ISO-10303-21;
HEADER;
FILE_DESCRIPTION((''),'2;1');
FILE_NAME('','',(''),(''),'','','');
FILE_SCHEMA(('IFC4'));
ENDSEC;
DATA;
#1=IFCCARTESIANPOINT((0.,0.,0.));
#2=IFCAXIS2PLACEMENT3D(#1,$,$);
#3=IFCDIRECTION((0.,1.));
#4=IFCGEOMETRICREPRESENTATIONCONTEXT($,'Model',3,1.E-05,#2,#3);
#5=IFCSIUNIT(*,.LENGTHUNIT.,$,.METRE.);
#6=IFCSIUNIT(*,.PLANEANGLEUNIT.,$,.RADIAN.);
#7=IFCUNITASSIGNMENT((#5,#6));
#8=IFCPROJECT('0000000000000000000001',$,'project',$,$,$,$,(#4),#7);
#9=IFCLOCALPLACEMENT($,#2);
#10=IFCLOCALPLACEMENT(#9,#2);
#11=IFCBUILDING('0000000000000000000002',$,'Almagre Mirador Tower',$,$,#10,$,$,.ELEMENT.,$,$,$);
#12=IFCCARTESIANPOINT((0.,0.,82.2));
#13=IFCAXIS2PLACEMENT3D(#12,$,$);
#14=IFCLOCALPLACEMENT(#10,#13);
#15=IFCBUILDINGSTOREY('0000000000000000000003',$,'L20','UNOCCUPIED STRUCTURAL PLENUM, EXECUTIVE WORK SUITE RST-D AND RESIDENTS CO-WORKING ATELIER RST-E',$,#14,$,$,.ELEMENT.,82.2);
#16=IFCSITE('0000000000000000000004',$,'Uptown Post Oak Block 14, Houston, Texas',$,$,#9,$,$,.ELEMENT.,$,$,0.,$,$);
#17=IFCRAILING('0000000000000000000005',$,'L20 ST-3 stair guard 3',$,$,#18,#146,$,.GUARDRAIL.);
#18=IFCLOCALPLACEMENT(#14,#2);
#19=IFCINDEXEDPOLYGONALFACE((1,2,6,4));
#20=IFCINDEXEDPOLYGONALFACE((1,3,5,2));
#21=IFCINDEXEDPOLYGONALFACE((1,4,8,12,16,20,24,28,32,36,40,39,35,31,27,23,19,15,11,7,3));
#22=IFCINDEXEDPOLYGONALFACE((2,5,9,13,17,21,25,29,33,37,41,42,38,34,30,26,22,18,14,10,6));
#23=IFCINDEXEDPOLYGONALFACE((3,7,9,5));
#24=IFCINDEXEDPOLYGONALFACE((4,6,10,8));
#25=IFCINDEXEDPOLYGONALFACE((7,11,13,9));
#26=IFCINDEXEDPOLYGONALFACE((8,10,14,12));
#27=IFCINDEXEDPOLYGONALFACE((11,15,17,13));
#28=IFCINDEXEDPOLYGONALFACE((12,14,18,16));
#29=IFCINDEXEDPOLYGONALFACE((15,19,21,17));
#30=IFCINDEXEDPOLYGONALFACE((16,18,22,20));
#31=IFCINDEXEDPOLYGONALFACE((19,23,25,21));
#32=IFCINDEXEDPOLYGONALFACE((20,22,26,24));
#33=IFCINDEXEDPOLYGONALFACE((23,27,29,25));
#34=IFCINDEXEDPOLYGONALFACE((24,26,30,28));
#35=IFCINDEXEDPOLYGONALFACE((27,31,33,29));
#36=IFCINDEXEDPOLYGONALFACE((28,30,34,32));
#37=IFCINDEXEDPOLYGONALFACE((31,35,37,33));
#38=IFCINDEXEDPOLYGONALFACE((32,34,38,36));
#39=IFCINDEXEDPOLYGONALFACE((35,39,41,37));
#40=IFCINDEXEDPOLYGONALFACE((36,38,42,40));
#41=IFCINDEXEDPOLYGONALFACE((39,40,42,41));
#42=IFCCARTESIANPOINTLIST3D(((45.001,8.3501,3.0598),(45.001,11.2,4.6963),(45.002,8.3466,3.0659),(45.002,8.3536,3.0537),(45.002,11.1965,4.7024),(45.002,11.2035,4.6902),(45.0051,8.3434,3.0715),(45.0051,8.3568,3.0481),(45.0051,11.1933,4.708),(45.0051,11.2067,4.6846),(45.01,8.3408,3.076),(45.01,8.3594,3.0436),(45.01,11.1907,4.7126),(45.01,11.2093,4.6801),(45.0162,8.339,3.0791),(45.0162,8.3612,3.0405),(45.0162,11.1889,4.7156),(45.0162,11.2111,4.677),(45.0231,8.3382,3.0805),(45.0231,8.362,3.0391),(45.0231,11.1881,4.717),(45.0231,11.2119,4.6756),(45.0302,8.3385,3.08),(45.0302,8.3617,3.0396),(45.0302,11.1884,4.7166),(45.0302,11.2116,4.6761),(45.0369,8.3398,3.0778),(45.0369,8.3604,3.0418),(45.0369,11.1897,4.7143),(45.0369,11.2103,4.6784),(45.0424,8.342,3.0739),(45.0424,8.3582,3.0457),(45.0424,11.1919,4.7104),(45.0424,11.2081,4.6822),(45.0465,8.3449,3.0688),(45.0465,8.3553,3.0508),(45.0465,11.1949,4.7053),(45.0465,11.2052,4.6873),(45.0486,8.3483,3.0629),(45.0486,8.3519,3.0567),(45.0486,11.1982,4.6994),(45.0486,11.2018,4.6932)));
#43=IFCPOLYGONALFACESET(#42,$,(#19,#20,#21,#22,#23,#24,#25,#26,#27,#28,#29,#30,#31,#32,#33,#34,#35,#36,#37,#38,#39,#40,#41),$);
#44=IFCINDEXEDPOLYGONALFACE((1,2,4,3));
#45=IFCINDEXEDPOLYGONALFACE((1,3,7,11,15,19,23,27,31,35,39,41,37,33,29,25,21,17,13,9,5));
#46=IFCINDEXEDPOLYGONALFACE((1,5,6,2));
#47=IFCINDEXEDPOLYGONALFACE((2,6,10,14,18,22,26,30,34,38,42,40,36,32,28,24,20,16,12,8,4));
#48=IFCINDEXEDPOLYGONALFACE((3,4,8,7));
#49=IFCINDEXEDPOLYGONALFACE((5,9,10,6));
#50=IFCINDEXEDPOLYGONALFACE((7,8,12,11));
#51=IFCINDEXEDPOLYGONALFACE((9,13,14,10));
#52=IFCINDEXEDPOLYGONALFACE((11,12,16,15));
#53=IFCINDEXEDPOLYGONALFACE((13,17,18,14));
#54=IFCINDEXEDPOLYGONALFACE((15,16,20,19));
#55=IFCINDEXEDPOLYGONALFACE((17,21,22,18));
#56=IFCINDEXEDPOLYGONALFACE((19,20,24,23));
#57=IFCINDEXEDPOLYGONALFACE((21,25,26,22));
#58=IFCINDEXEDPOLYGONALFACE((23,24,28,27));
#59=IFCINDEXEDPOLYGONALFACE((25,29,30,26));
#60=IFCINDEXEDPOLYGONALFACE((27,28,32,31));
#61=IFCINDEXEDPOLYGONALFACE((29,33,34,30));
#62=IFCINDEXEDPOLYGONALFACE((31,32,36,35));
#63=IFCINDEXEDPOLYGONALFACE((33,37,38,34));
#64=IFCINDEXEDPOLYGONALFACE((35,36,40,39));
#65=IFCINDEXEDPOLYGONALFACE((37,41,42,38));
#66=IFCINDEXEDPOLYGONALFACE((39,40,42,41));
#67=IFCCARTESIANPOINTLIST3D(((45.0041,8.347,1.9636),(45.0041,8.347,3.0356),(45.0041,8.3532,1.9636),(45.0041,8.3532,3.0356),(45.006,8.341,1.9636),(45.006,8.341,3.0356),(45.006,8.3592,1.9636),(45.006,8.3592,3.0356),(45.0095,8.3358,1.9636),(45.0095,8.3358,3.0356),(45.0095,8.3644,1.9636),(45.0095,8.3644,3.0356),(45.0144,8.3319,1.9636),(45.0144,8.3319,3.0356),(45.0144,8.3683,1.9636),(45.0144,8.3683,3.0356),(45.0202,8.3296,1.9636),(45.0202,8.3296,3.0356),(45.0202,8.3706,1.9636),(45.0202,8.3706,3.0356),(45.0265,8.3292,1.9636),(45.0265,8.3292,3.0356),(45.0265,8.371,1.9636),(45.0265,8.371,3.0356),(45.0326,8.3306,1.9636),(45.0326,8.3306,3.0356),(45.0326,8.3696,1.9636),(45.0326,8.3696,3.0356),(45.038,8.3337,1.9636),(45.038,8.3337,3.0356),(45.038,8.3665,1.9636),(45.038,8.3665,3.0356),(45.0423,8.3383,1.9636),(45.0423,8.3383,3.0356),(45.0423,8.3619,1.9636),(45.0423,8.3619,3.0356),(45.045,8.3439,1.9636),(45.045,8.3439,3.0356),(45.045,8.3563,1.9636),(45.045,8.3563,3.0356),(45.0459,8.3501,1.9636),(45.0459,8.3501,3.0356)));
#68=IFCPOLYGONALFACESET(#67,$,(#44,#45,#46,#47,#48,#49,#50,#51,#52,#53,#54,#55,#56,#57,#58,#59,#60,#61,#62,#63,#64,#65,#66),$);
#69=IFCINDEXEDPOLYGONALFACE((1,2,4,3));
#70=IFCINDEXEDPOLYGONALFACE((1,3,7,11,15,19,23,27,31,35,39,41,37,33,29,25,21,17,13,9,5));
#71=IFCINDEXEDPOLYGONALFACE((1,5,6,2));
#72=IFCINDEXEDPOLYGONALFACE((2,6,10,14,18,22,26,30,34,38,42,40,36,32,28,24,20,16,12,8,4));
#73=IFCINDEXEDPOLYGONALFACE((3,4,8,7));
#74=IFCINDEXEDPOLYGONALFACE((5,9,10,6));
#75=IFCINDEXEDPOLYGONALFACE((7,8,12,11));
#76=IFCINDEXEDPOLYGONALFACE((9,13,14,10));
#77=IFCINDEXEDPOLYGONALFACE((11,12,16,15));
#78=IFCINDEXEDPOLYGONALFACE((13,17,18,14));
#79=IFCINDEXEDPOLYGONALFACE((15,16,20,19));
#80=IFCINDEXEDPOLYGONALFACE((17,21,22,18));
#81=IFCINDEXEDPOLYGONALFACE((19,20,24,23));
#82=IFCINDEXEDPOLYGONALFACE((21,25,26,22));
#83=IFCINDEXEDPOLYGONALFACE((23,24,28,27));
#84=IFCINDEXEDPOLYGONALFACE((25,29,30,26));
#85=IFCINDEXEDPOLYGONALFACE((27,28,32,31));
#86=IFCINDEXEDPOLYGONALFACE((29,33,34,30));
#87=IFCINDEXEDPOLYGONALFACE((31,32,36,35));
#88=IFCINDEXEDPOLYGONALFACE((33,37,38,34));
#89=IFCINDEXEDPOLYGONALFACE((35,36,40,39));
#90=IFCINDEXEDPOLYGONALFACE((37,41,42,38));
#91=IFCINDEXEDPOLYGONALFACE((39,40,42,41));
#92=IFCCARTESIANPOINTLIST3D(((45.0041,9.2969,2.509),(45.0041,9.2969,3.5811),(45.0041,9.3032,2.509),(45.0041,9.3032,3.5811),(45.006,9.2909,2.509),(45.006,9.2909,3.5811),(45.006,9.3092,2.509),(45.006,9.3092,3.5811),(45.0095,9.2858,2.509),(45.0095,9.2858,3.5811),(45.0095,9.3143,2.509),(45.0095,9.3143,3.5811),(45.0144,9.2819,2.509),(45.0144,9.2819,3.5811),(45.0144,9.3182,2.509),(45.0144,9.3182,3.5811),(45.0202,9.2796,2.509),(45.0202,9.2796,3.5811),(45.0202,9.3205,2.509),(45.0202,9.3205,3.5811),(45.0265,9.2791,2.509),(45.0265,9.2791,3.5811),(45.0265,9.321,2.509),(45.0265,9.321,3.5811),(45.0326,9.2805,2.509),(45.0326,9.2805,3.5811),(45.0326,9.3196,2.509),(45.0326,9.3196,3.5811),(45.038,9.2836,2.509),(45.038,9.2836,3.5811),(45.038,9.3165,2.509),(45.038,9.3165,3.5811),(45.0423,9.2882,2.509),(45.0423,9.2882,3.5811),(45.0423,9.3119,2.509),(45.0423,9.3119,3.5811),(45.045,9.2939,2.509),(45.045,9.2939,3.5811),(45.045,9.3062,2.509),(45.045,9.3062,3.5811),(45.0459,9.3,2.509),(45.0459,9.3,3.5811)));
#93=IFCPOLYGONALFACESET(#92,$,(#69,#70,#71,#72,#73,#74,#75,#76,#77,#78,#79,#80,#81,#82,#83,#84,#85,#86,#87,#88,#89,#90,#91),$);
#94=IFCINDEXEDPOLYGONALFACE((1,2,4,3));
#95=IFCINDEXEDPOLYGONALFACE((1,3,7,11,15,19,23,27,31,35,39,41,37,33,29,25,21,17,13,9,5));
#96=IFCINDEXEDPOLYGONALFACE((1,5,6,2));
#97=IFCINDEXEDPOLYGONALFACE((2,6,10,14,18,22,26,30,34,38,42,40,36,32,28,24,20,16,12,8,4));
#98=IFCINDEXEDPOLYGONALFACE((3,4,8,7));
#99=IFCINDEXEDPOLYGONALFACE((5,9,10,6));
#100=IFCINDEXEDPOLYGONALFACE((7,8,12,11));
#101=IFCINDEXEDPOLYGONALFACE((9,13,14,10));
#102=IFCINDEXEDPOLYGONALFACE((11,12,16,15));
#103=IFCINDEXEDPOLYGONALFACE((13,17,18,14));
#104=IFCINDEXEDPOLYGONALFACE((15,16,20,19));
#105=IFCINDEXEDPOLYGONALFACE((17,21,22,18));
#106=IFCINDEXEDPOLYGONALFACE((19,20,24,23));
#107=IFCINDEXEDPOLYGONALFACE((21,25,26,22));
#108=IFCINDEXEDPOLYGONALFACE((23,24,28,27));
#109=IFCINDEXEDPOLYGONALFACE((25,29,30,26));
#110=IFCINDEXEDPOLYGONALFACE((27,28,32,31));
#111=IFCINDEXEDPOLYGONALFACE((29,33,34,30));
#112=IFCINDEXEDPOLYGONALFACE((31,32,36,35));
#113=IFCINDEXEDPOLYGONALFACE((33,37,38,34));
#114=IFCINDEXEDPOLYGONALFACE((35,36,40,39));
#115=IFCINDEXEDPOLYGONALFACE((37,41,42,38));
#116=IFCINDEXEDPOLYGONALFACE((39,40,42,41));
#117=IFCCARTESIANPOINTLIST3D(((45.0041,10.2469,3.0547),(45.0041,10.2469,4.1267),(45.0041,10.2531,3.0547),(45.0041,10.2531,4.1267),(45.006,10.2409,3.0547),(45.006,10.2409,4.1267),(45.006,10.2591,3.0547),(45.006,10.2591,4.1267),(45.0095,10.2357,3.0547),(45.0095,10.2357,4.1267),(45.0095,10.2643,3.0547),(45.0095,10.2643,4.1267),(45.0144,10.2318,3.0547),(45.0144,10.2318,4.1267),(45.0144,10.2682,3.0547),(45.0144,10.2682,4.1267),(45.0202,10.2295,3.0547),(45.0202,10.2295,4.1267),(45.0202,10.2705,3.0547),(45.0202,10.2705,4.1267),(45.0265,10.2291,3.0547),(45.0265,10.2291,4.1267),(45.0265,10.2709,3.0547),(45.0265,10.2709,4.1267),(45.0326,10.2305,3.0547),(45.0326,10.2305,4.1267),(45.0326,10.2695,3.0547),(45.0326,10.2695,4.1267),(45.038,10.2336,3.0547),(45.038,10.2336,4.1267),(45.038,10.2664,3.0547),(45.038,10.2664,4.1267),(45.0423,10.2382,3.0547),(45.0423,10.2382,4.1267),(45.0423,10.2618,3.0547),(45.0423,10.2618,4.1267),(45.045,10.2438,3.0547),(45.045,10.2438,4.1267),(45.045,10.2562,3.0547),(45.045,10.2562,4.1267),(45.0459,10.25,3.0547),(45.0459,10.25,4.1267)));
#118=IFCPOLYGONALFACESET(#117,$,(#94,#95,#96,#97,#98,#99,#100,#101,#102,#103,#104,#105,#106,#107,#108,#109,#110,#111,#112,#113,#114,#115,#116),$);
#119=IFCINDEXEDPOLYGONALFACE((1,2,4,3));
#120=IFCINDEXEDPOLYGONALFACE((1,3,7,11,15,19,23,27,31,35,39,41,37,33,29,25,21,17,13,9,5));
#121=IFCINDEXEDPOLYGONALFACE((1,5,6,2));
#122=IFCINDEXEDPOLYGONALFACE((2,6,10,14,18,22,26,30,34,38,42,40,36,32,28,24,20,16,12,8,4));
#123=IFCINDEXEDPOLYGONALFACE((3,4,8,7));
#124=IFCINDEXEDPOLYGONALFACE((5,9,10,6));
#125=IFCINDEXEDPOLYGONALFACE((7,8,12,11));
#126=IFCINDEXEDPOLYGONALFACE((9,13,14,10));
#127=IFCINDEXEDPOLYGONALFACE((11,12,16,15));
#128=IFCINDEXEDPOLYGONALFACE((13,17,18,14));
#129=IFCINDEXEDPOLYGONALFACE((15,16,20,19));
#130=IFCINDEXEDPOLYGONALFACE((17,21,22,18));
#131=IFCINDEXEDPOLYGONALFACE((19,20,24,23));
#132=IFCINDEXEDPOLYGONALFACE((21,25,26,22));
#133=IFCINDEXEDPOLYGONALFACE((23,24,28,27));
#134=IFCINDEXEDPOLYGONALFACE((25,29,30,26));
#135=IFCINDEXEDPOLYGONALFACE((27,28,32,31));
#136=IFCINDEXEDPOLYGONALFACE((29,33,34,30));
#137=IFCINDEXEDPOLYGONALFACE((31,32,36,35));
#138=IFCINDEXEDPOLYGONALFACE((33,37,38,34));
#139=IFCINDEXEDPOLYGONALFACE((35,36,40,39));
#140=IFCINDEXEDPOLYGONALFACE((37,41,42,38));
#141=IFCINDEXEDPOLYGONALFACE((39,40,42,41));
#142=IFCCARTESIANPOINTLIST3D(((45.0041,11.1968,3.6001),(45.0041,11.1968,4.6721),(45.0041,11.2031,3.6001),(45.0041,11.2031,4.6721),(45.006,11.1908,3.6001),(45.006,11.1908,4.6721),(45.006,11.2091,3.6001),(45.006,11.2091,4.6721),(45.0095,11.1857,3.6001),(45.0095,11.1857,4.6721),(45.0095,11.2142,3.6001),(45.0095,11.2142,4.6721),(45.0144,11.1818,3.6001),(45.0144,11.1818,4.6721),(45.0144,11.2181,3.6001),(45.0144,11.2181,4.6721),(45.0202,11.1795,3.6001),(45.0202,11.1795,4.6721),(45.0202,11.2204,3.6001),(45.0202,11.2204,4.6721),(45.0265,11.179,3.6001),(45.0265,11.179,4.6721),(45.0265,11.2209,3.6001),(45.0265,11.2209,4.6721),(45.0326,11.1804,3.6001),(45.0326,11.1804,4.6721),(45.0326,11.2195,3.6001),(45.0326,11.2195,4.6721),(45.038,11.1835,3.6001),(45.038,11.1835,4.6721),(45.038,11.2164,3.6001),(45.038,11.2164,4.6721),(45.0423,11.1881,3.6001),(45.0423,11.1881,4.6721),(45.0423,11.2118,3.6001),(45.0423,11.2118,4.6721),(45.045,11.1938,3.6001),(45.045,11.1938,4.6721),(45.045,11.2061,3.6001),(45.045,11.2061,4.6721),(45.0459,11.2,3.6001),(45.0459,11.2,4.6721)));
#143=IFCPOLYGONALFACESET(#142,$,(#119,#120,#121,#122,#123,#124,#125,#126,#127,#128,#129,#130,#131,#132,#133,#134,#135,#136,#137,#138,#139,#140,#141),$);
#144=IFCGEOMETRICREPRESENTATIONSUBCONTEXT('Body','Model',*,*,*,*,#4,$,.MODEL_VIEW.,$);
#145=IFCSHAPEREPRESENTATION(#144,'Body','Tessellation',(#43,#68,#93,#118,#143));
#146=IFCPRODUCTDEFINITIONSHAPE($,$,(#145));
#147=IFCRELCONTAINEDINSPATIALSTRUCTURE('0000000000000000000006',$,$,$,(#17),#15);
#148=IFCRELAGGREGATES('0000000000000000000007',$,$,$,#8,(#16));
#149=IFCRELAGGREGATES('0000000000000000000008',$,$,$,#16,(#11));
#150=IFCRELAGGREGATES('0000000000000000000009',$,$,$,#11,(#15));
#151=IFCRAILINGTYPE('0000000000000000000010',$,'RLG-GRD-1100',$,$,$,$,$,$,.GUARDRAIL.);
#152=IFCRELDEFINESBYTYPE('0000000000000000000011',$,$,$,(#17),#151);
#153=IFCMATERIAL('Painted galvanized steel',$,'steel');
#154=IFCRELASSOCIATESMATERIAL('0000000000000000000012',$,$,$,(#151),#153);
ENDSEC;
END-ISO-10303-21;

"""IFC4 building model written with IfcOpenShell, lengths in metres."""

from ifc_helpers import new_model, si_unit, direction, frame, origin, origin_2d, place, context, subcontext, project, spatial, circle, extrude, material, type_object, element, save


model = new_model("IFC4")

# Units and contexts
model_context = context("Model", 3, precision=1e-05, world=origin(), true_north=direction((0.0, 1.0)))
body_context = subcontext(model_context, "Body", "Model", "MODEL_VIEW")
ifc_project = project(units=[si_unit("LENGTHUNIT", "METRE"), si_unit("PLANEANGLEUNIT", "RADIAN")], contexts=[model_context])

# Site, building, storey
site_placement = place(None, origin())
site = spatial("IfcSite", under=ifc_project, at=site_placement, Name="Uptown Post Oak Block 14, Houston, Texas", CompositionType="ELEMENT", RefElevation=0.0)
building_placement = place(site_placement, origin())
building = spatial("IfcBuilding", under=site, at=building_placement, Name="Almagre Mirador Tower", CompositionType="ELEMENT")
storey_placement = place(building_placement, frame((0.0, 0.0, 82.2)))
storey = spatial("IfcBuildingStorey", under=building, at=storey_placement, Name="L20", Description="UNOCCUPIED STRUCTURAL PLENUM, EXECUTIVE WORK SUITE RST-D AND RESIDENTS CO-WORKING ATELIER RST-E", CompositionType="ELEMENT", Elevation=82.2)

# Railing
ifc_material_1 = material(Name="Painted galvanized steel", Category="steel")
railing_type_1 = type_object("IfcRailingType", Name="RLG-GRD-1100", PredefinedType="GUARDRAIL", material=ifc_material_1)
railing_1_placement = place(storey_placement, frame((45.0249, 8.3501, 1.9636)))
element("IfcRailing", 1, at=railing_1_placement, inside=storey, type_object=railing_type_1, Name="L20 ST-3 stair guard 3", PredefinedType="GUARDRAIL", context=body_context, shape_type="SweptSolid", body=[
    extrude(circle(Radius=0.0239, at=origin_2d()), frame((0.0, 0.0, 1.0962), z_axis=(0.0, 0.867194, 0.49797), x_axis=(-1.0, 0.0, 0.0)), (0.0, 0.0, 1.0), 3.2864),
    extrude(circle(Radius=0.021, at=origin_2d()), origin(), (0.0, 0.0, 1.0), 1.072),
    extrude(circle(Radius=0.021, at=origin_2d()), frame((0.0, 0.95, 0.5454)), (0.0, 0.0, 1.0), 1.072),
    extrude(circle(Radius=0.021, at=origin_2d()), frame((0.0, 1.8999, 1.0911)), (0.0, 0.0, 1.0), 1.072),
    extrude(circle(Radius=0.021, at=origin_2d()), frame((0.0, 2.8499, 1.6365)), (0.0, 0.0, 1.0), 1.072),
])

save(model, "model.ifc")
